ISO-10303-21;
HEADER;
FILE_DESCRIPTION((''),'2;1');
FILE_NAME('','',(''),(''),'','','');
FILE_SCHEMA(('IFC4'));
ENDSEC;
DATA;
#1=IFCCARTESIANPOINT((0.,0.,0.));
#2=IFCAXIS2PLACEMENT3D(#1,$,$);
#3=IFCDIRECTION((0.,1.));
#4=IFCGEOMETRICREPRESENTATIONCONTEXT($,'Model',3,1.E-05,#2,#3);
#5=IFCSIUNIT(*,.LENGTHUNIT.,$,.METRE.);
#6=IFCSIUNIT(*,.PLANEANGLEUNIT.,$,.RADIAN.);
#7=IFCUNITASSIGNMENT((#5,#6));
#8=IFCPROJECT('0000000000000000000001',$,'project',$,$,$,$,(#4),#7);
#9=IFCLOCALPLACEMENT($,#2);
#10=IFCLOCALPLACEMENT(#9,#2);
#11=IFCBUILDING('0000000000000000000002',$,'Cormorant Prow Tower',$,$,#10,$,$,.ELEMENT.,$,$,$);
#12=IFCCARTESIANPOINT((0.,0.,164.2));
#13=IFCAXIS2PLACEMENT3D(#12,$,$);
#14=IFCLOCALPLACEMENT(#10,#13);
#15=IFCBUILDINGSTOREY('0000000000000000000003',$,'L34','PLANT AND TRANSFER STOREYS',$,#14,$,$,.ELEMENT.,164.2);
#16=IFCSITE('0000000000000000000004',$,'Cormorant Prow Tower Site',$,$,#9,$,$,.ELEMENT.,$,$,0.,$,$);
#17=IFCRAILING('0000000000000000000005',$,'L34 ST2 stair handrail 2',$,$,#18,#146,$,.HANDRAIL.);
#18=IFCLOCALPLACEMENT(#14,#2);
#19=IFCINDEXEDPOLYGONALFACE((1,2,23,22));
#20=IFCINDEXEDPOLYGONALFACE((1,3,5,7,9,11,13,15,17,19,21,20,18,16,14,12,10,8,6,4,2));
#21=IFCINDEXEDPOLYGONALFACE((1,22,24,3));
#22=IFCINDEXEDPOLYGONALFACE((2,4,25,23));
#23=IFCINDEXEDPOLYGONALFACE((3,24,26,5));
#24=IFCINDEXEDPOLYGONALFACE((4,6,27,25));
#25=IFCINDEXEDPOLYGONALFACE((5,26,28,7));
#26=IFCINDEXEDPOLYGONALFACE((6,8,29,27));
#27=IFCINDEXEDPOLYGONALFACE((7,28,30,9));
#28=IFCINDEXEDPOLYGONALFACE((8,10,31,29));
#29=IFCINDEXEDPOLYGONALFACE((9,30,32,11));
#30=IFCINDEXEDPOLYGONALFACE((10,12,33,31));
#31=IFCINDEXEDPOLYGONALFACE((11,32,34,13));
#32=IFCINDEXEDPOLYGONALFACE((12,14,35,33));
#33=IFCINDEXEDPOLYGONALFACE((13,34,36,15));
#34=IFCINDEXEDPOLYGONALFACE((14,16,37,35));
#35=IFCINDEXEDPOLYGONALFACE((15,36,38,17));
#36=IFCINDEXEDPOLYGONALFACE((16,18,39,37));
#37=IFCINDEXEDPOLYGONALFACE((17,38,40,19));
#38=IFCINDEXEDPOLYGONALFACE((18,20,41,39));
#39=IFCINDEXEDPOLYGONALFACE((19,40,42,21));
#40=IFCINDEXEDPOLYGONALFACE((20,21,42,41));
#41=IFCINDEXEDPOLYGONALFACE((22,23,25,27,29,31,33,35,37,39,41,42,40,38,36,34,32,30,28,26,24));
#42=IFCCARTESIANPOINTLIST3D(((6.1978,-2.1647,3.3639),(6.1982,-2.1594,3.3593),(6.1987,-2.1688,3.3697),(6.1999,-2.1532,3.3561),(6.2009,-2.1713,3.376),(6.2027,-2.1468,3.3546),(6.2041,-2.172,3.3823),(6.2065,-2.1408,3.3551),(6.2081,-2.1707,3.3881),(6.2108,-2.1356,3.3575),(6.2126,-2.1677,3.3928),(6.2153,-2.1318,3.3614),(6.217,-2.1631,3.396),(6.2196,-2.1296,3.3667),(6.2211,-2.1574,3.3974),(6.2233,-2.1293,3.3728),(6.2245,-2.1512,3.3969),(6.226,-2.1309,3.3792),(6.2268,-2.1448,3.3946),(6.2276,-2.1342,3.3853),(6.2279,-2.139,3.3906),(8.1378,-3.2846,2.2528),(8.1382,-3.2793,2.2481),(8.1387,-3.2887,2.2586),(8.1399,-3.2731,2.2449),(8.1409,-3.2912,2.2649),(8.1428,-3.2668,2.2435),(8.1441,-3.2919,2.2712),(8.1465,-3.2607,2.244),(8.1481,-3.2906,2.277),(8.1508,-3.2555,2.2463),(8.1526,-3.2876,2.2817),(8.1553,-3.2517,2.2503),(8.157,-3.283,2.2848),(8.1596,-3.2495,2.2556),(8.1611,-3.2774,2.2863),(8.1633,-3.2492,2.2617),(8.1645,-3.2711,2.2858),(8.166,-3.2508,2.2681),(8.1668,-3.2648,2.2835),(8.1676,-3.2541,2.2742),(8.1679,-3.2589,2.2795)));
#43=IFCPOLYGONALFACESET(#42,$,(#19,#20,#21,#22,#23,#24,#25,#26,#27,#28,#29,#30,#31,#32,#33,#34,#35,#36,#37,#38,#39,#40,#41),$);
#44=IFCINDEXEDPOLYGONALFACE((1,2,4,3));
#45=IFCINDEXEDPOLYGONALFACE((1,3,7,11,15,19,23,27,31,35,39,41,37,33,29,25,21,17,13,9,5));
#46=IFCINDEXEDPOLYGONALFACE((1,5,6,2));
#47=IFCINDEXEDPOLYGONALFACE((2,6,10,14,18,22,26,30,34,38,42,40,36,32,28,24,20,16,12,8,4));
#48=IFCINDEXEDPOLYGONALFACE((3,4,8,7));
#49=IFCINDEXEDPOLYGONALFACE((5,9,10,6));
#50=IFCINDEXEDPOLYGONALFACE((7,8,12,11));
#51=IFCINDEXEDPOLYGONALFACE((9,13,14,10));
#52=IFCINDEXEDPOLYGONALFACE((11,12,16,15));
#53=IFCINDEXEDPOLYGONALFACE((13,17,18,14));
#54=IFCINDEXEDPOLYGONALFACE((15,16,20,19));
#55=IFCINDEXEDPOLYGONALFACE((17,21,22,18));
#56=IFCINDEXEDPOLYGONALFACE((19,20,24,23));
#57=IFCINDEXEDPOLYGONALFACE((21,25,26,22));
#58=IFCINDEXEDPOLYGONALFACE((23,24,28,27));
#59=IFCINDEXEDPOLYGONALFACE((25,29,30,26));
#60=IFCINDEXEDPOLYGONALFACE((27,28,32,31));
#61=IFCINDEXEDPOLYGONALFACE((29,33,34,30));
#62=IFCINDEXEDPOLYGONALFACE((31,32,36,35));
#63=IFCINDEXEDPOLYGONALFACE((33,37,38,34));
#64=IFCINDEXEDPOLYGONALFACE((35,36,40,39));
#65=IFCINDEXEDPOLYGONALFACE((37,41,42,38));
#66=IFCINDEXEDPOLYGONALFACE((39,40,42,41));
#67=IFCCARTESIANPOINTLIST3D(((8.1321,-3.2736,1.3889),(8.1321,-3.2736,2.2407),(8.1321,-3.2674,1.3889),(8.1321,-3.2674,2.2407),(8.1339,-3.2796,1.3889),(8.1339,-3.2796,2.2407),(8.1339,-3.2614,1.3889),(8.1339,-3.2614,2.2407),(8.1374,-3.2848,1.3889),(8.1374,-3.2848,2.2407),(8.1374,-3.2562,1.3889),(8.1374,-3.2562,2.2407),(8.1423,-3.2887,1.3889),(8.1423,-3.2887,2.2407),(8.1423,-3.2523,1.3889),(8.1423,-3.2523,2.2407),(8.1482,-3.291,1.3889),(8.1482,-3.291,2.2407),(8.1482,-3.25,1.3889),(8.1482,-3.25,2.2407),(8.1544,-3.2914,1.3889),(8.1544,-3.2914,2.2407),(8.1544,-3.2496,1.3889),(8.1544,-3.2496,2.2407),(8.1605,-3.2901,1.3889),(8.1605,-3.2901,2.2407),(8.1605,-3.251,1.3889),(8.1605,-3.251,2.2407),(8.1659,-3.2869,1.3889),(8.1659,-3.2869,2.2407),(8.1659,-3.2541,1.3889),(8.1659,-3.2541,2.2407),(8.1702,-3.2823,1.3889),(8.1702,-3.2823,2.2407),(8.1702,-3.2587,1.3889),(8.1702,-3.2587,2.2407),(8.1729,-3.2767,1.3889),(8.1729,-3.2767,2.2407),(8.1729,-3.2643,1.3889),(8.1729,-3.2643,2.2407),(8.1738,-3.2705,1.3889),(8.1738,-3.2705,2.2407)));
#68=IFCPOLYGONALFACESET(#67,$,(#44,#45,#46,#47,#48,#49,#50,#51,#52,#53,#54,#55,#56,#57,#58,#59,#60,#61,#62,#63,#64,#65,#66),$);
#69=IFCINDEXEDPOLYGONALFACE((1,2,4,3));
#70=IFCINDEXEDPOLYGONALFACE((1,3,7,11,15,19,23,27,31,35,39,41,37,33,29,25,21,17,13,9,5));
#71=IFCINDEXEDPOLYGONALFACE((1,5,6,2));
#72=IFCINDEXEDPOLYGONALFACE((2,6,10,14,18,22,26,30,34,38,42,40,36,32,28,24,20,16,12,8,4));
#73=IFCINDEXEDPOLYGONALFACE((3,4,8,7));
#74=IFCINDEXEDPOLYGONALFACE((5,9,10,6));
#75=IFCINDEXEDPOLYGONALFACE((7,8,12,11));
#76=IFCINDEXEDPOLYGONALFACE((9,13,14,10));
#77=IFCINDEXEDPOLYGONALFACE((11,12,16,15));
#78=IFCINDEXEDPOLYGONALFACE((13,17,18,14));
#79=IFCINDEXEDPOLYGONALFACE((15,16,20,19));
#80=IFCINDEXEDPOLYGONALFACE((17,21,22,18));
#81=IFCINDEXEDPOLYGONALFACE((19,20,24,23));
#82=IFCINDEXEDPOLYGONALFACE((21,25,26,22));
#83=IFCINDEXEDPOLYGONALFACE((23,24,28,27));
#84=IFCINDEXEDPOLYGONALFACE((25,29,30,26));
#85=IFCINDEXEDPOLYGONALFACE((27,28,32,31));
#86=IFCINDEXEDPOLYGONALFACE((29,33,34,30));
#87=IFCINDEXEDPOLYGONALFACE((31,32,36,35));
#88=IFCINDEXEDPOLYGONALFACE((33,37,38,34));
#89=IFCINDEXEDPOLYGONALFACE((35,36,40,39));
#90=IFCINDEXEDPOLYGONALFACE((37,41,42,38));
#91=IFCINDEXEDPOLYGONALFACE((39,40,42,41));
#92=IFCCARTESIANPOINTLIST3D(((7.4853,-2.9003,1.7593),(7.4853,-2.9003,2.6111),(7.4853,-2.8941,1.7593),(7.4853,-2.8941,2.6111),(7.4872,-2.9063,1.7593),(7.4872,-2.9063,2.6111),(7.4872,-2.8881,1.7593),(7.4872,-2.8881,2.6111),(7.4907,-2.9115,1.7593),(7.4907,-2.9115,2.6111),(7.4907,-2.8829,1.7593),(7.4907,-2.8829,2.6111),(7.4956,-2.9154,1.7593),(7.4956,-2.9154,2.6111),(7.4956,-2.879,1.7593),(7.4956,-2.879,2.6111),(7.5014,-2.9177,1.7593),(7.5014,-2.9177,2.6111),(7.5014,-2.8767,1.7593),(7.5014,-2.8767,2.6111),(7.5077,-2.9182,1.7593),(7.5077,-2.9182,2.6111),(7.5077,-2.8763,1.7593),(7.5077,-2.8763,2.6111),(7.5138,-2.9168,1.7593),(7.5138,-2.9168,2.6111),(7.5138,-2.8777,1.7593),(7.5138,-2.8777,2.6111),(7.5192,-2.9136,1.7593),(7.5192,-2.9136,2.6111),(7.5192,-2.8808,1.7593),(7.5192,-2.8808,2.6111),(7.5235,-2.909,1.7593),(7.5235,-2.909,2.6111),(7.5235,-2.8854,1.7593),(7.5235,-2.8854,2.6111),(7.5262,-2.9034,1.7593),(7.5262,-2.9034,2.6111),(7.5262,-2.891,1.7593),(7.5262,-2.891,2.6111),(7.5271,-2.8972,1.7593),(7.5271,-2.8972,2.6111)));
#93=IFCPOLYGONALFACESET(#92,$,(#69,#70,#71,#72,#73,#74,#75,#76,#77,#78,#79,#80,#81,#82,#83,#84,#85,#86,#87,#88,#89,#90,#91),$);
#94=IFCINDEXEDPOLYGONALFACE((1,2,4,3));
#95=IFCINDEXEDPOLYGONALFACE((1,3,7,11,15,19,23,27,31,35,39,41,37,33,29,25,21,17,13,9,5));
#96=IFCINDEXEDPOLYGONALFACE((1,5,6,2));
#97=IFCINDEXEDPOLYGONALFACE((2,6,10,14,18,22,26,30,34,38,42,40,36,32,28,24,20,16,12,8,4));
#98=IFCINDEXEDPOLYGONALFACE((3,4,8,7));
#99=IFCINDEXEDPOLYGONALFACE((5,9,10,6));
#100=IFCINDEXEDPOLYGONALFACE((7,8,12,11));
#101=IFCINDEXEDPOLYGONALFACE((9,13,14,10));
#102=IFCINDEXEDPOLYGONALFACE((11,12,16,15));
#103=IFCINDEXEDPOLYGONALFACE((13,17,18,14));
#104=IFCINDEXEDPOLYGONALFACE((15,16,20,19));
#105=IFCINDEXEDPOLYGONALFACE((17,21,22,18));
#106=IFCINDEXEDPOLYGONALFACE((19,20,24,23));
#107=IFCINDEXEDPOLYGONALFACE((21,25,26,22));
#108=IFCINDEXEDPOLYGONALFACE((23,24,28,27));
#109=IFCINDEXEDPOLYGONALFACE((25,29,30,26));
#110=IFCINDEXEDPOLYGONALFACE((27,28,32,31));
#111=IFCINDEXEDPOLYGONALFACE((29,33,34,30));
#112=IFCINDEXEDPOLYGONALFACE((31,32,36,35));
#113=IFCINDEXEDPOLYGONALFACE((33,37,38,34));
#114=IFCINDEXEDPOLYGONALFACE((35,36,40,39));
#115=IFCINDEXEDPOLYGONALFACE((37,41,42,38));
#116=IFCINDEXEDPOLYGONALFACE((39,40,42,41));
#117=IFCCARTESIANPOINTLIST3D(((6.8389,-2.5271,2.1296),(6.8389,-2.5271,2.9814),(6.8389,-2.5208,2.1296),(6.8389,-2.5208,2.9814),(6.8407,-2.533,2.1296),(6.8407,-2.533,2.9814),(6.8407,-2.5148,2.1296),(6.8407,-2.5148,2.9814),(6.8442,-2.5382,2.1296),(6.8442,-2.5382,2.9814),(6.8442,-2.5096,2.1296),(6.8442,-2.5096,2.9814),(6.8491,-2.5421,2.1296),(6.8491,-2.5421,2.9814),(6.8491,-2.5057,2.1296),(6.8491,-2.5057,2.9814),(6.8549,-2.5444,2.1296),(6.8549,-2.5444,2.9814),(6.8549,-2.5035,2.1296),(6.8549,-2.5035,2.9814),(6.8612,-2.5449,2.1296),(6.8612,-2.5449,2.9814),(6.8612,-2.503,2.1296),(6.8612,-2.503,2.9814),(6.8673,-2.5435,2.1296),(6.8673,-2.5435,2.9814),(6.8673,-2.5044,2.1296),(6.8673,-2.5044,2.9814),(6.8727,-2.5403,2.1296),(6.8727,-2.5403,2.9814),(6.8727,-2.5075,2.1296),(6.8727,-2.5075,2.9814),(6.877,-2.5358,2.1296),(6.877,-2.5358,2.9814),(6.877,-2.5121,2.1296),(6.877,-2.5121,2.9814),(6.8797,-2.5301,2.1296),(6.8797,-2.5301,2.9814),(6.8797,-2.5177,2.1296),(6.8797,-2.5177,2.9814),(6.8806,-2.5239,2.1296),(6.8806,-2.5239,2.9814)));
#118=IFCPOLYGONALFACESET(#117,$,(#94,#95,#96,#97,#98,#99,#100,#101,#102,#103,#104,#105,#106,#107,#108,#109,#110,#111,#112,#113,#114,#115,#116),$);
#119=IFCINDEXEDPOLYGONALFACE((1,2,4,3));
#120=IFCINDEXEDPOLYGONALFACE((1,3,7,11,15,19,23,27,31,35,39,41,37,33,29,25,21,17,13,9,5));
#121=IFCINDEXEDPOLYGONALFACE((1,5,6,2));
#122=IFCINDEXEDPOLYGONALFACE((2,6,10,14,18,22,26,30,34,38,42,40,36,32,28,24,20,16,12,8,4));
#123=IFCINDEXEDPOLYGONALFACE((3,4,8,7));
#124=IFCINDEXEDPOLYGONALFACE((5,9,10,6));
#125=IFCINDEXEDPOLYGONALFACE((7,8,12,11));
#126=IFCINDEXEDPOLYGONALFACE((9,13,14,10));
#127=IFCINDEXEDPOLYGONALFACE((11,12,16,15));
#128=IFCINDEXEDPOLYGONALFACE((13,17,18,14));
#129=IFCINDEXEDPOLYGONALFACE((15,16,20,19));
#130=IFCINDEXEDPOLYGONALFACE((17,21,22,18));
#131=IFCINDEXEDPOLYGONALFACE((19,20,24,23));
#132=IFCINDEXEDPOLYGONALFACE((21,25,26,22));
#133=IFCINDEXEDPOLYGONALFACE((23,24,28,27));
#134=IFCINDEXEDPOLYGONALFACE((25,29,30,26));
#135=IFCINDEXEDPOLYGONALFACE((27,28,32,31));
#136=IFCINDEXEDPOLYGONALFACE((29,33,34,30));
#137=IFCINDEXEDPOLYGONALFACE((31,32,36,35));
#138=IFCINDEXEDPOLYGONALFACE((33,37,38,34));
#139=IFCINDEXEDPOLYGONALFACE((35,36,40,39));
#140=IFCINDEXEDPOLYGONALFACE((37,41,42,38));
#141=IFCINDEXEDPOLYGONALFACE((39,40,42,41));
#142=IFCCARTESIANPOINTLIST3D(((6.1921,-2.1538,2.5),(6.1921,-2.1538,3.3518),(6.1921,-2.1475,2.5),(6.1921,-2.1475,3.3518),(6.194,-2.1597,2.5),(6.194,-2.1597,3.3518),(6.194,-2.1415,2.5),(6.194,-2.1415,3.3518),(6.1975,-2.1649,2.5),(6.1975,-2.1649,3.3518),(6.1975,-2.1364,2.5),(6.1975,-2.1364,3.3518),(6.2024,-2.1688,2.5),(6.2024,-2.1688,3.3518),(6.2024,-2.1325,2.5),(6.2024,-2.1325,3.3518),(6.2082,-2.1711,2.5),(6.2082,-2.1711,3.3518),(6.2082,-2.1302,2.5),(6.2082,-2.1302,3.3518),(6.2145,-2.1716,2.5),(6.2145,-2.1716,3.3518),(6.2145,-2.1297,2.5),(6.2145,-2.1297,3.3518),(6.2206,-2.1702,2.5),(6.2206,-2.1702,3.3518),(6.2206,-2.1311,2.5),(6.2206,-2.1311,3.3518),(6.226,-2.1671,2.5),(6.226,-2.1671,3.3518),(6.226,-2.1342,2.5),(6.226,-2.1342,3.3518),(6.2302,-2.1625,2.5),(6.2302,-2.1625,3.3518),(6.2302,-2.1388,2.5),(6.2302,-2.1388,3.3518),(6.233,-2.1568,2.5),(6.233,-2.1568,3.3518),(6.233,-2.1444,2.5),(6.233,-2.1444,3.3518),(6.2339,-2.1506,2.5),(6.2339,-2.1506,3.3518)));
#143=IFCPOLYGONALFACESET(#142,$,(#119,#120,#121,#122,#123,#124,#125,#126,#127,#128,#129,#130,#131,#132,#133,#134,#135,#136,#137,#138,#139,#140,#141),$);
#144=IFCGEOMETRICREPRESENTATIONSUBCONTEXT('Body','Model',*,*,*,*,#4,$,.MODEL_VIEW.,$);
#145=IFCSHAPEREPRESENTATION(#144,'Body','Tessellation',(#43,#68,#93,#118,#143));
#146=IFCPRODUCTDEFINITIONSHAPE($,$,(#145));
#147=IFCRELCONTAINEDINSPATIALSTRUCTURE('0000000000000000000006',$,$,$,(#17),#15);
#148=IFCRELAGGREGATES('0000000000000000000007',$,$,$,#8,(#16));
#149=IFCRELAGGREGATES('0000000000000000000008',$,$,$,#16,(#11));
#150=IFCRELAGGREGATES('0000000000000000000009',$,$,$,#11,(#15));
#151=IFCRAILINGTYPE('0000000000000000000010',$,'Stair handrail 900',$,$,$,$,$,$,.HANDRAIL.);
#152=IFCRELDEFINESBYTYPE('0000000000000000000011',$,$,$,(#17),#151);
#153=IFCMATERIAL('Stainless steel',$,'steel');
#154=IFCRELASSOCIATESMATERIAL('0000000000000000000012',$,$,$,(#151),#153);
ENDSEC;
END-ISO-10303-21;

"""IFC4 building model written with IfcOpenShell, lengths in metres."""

from ifc_helpers import new_model, si_unit, direction, frame, origin, origin_2d, place, context, subcontext, project, spatial, circle, extrude, material, type_object, element, save


model = new_model("IFC4")

# Units and contexts
model_context = context("Model", 3, precision=1e-05, world=origin(), true_north=direction((0.0, 1.0)))
body_context = subcontext(model_context, "Body", "Model", "MODEL_VIEW")
ifc_project = project(units=[si_unit("LENGTHUNIT", "METRE"), si_unit("PLANEANGLEUNIT", "RADIAN")], contexts=[model_context])

# Site, building, storey
site_placement = place(None, origin())
site = spatial("IfcSite", under=ifc_project, at=site_placement, Name="Cormorant Prow Tower Site", CompositionType="ELEMENT", RefElevation=0.0)
building_placement = place(site_placement, origin())
building = spatial("IfcBuilding", under=site, at=building_placement, Name="Cormorant Prow Tower", CompositionType="ELEMENT")
storey_placement = place(building_placement, frame((0.0, 0.0, 164.2)))
storey = spatial("IfcBuildingStorey", under=building, at=storey_placement, Name="L34", Description="PLANT AND TRANSFER STOREYS", CompositionType="ELEMENT", Elevation=164.2)

# Railing
ifc_material_1 = material(Name="Stainless steel", Category="steel")
railing_type_1 = type_object("IfcRailingType", Name="Stair handrail 900", PredefinedType="HANDRAIL", material=ifc_material_1)
railing_1_placement = place(storey_placement, frame((8.1528, -3.2705, 1.3889)))
element("IfcRailing", 1, at=railing_1_placement, inside=storey, type_object=railing_type_1, Name="L34 ST2 stair handrail 2", PredefinedType="HANDRAIL", context=body_context, shape_type="SweptSolid", body=[
    extrude(circle(Radius=0.0239, at=origin_2d()), frame((0.0, 0.0, 0.876), z_axis=(-0.775853, 0.447878, 0.444363), x_axis=(-0.499949, -0.866055, 0.0)), (0.0, 0.0, 1.0), 2.5005),
    extrude(circle(Radius=0.021, at=origin_2d()), origin(), (0.0, 0.0, 1.0), 0.8518),
    extrude(circle(Radius=0.021, at=origin_2d()), frame((-0.6467, 0.3733, 0.3704)), (0.0, 0.0, 1.0), 0.8518),
    extrude(circle(Radius=0.021, at=origin_2d()), frame((-1.2932, 0.7466, 0.7407)), (0.0, 0.0, 1.0), 0.8518),
    extrude(circle(Radius=0.021, at=origin_2d()), frame((-1.9399, 1.1199, 1.1111)), (0.0, 0.0, 1.0), 0.8518),
])

save(model, "model.ifc")
